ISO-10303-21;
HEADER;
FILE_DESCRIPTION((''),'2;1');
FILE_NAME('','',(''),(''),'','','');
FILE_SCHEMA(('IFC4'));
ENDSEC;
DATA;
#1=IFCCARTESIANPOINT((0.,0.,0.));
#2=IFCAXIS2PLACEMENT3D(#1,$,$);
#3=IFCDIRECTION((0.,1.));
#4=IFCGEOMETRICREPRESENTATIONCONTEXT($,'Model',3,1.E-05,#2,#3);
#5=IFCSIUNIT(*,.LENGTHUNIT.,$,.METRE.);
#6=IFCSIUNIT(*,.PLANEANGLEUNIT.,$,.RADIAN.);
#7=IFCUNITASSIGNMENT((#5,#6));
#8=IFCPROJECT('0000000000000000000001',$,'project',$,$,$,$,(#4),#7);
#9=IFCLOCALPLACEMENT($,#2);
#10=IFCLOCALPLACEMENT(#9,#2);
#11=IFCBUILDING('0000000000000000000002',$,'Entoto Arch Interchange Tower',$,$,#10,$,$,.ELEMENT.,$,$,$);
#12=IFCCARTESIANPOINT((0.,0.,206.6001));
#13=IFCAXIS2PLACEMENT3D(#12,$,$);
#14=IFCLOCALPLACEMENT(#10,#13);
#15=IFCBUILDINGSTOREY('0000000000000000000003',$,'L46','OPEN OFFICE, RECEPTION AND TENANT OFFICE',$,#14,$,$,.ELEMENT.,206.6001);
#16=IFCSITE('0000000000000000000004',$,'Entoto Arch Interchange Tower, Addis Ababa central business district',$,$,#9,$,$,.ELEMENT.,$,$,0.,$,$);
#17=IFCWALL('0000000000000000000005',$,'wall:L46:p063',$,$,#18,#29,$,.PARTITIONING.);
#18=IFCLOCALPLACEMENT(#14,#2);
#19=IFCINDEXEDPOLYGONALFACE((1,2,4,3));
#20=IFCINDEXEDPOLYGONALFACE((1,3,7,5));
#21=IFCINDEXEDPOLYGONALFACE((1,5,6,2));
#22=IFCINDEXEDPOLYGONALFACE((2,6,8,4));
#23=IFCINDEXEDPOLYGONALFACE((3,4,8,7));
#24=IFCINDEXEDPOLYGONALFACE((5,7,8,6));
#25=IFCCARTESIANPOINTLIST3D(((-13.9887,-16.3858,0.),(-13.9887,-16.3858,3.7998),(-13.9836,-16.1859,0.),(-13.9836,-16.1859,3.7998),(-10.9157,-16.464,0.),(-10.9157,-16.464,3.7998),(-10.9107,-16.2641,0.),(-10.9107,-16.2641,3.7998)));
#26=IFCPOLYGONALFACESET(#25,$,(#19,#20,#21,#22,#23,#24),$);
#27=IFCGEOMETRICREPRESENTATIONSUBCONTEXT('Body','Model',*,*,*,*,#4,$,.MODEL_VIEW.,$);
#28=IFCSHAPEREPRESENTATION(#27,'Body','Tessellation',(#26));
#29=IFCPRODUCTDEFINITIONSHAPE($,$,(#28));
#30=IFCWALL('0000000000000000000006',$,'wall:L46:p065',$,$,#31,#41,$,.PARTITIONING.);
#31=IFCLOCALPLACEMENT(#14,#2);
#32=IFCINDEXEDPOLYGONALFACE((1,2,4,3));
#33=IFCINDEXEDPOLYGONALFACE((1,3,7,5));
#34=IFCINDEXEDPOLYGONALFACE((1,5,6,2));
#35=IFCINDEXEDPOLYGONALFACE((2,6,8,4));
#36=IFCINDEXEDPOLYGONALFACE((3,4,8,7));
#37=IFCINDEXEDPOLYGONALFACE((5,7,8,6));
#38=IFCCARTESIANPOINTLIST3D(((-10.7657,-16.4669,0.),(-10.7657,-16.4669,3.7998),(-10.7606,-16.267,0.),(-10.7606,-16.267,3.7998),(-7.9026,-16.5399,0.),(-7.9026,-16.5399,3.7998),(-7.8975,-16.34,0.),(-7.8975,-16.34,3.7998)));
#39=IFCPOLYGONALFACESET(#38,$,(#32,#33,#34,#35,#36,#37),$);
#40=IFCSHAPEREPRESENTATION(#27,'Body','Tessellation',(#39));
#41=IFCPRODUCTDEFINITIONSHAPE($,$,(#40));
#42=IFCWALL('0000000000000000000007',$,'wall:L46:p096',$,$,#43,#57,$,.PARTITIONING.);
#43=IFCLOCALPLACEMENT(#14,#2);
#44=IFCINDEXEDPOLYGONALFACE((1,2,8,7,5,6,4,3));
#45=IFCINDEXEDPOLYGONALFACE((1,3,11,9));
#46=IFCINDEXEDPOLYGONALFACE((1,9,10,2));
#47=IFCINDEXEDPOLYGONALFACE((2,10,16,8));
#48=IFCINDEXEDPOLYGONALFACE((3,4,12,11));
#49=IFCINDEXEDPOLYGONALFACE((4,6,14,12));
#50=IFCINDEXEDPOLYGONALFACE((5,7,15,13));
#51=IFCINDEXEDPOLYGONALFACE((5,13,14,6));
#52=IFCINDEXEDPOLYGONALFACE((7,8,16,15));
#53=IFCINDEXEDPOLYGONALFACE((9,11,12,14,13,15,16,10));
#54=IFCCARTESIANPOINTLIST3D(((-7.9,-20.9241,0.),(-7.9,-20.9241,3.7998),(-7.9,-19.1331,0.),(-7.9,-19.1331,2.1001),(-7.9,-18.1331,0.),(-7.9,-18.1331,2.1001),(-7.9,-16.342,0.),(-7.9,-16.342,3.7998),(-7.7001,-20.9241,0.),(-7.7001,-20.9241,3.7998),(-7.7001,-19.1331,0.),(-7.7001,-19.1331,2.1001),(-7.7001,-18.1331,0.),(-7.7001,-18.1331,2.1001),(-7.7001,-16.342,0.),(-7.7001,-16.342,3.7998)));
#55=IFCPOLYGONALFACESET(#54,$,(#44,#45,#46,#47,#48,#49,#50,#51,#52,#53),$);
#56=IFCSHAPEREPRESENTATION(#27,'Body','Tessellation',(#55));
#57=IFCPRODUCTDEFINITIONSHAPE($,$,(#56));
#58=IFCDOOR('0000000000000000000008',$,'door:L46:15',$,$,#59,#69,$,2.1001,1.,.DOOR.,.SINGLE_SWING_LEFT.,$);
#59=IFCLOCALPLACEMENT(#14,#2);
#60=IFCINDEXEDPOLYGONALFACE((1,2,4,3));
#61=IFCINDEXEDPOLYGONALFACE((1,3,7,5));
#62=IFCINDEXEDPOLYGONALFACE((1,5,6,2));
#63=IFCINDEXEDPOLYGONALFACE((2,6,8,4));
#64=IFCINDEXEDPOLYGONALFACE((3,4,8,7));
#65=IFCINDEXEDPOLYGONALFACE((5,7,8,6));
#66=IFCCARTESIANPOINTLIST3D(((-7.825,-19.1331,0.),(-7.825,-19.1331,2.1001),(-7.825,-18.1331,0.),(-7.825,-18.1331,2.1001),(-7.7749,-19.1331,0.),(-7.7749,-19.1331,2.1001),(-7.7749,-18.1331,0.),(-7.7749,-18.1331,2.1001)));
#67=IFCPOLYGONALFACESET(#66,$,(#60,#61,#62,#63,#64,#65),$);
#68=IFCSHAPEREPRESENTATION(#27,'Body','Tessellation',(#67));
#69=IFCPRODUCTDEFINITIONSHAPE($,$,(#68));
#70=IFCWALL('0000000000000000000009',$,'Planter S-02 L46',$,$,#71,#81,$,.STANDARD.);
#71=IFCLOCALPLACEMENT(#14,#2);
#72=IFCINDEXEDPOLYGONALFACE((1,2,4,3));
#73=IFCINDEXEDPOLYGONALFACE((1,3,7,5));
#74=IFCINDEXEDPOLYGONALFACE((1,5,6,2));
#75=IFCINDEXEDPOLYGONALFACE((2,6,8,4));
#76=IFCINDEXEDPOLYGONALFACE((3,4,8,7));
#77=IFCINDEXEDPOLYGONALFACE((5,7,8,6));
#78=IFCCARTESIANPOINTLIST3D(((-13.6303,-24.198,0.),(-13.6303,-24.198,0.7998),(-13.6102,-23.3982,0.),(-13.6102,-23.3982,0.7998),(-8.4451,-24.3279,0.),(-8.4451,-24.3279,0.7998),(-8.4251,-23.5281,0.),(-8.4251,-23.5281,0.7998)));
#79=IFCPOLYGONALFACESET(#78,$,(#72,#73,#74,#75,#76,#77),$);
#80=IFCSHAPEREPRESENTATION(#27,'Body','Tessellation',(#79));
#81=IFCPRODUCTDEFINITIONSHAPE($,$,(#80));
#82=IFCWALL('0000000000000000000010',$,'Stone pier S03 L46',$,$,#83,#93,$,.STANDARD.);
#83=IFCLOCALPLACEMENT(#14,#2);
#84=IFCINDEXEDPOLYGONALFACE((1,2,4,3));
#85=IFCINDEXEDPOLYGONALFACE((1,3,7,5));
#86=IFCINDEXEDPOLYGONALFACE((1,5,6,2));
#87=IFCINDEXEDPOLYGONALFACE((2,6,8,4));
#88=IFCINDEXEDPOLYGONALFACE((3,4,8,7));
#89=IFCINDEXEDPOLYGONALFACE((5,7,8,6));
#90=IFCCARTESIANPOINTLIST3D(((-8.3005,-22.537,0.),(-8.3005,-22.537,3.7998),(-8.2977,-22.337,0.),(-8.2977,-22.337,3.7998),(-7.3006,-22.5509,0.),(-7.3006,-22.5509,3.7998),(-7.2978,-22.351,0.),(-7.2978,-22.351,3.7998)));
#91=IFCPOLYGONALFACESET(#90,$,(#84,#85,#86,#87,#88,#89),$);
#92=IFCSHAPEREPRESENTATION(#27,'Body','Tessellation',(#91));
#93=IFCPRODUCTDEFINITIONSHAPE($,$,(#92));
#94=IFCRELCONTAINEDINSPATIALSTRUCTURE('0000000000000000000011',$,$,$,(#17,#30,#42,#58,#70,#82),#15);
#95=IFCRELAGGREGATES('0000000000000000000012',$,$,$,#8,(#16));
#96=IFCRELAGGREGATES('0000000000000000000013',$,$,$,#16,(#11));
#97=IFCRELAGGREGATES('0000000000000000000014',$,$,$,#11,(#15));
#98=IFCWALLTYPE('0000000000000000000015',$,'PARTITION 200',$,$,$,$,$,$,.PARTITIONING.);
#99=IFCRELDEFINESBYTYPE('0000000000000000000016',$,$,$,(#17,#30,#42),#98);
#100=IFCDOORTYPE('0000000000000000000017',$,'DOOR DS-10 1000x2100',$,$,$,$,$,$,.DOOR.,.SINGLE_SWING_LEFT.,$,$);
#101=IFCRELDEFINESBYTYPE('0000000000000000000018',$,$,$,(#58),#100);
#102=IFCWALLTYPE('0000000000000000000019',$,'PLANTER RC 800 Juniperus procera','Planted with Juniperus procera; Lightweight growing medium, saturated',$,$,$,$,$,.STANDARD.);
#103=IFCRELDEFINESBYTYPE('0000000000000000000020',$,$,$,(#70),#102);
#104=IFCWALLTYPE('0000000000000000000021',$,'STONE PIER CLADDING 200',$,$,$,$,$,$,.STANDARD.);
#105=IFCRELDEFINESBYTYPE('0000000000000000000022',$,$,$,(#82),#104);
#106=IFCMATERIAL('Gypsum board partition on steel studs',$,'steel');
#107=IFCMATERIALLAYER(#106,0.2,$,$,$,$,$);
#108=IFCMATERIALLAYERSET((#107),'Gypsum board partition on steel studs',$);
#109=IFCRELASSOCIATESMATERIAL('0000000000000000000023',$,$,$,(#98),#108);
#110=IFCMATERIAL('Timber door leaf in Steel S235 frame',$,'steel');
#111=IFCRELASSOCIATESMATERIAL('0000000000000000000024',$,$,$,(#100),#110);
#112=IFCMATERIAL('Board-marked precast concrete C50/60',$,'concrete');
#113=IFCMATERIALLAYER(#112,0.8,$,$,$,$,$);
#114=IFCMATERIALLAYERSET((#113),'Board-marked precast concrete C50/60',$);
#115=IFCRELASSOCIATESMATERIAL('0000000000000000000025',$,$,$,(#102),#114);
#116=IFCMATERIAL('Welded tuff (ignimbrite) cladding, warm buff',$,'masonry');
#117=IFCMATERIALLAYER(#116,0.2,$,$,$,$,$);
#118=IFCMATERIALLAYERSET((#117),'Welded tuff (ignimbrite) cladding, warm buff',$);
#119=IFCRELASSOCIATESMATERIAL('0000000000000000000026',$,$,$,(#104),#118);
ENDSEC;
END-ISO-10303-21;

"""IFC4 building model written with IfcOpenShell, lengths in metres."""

from ifc_helpers import new_model, si_unit, direction, frame, frame_2d, origin, place, context, subcontext, project, spatial, rectangle, extrude, material, layer, layer_set, type_object, element, fill, save


model = new_model("IFC4")

# Units and contexts
model_context = context("Model", 3, precision=1e-05, world=origin(), true_north=direction((0.0, 1.0)))
body_context = subcontext(model_context, "Body", "Model", "MODEL_VIEW")
ifc_project = project(units=[si_unit("LENGTHUNIT", "METRE"), si_unit("PLANEANGLEUNIT", "RADIAN")], contexts=[model_context])

# Site, building, storey
site_placement = place(None, origin())
site = spatial("IfcSite", under=ifc_project, at=site_placement, Name="Entoto Arch Interchange Tower, Addis Ababa central business district", CompositionType="ELEMENT", RefElevation=0.0)
building_placement = place(site_placement, origin())
building = spatial("IfcBuilding", under=site, at=building_placement, Name="Entoto Arch Interchange Tower", CompositionType="ELEMENT")
storey_placement = place(building_placement, frame((0.0, 0.0, 206.6001)))
storey = spatial("IfcBuildingStorey", under=building, at=storey_placement, Name="L46", Description="OPEN OFFICE, RECEPTION AND TENANT OFFICE", CompositionType="ELEMENT", Elevation=206.6001)

# Walls
ifc_material_1 = material(Name="Gypsum board partition on steel studs", Category="steel")
ifc_layer_1 = layer(ifc_material_1, 0.2)
ifc_layer_set_1 = layer_set([ifc_layer_1], Name="Gypsum board partition on steel studs")
wall_type_1 = type_object("IfcWallType", Name="PARTITION 200", PredefinedType="PARTITIONING", material=ifc_layer_set_1)
wall_1_placement = place(storey_placement, frame((-10.9131, -16.364, 0.0), z_axis=(0.0, 0.0, 1.0), x_axis=(-0.999677, 0.025415, 0.0)))
element("IfcWall", 1, at=wall_1_placement, inside=storey, type_object=wall_type_1, Name="wall:L46:p063", PredefinedType="PARTITIONING", context=body_context, shape_type="SweptSolid", body=[
    extrude(rectangle(XDim=3.074, YDim=0.2, at=frame_2d((1.5371, 0.0))), origin(), (0.0, 0.0, 1.0), 3.7998),
])
wall_2_placement = place(storey_placement, frame((-7.8999, -16.4399, 0.0), z_axis=(0.0, 0.0, 1.0), x_axis=(-0.999675, 0.025488, 0.0)))
element("IfcWall", 2, at=wall_2_placement, inside=storey, type_object=wall_type_1, Name="wall:L46:p065", PredefinedType="PARTITIONING", context=body_context, shape_type="SweptSolid", body=[
    extrude(rectangle(XDim=2.864, YDim=0.2, at=frame_2d((1.4321, 0.0))), origin(), (0.0, 0.0, 1.0), 3.7998),
])

# Wall, opening, door
wall_3_placement = place(storey_placement, frame((-7.8, -20.9241, 0.0), z_axis=(0.0, 0.0, 1.0), x_axis=(0.0, 1.0, 0.0)))
wall_3 = element("IfcWall", 3, at=wall_3_placement, inside=storey, type_object=wall_type_1, Name="wall:L46:p096", PredefinedType="PARTITIONING", context=body_context, shape_type="SweptSolid", body=[
    extrude(rectangle(XDim=4.582, YDim=0.2, at=frame_2d((2.291, 0.0))), origin(), (0.0, 0.0, 1.0), 3.7998),
])
opening_1_placement = place(wall_3_placement, frame((1.791, 0.0, 0.0)))
opening_1 = element("IfcOpeningElement", 4, at=opening_1_placement, cuts=wall_3, PredefinedType="OPENING", context=body_context, shape_type="SweptSolid", body=[
    extrude(rectangle(XDim=1.0, YDim=2.1001, at=frame_2d((0.5, 1.05))), frame((0.0, 0.1099, 0.0), z_axis=(0.0, -1.0, 0.0), x_axis=(1.0, 0.0, 0.0)), (0.0, 0.0, 1.0), 0.22),
])
ifc_material_2 = material(Name="Timber door leaf in Steel S235 frame", Category="steel")
door_type_1 = type_object("IfcDoorType", Name="DOOR DS-10 1000x2100", OperationType="SINGLE_SWING_LEFT", PredefinedType="DOOR", material=ifc_material_2)
door_1_placement = place(opening_1_placement, origin())
door_1 = element("IfcDoor", 5, at=door_1_placement, inside=storey, type_object=door_type_1, Name="door:L46:15", OperationType="SINGLE_SWING_LEFT", OverallHeight=2.1001, OverallWidth=1.0, PredefinedType="DOOR", context=body_context, shape_type="SweptSolid", body=[
    extrude(rectangle(XDim=1.0, YDim=2.1001, at=frame_2d((0.5, 1.05))), frame((0.0, 0.0249, 0.0), z_axis=(0.0, -1.0, 0.0), x_axis=(1.0, 0.0, 0.0)), (0.0, 0.0, 1.0), 0.05),
])
fill(opening_1, door_1)

# Wall
ifc_material_3 = material(Name="Board-marked precast concrete C50/60", Category="concrete")
ifc_layer_2 = layer(ifc_material_3, 0.8)
ifc_layer_set_2 = layer_set([ifc_layer_2], Name="Board-marked precast concrete C50/60")
wall_type_2 = type_object("IfcWallType", Name="PLANTER RC 800 Juniperus procera", Description="Planted with Juniperus procera; Lightweight growing medium, saturated", PredefinedType="STANDARD", material=ifc_layer_set_2)
wall_4_placement = place(storey_placement, frame((-13.6201, -23.7981, 0.0), z_axis=(0.0, 0.0, 1.0), x_axis=(0.999686, -0.025042, 0.0)))
element("IfcWall", 6, at=wall_4_placement, inside=storey, type_object=wall_type_2, Name="Planter S-02 L46", PredefinedType="STANDARD", context=body_context, shape_type="SweptSolid", body=[
    extrude(rectangle(XDim=5.1868, YDim=0.8, at=frame_2d((2.5933, 0.0))), origin(), (0.0, 0.0, 1.0), 0.7998),
])

# Shared definitions
ifc_material_4 = material(Name="Welded tuff (ignimbrite) cladding, warm buff", Category="masonry")

# Wall
ifc_layer_3 = layer(ifc_material_4, 0.2)
ifc_layer_set_3 = layer_set([ifc_layer_3], Name="Welded tuff (ignimbrite) cladding, warm buff")
wall_type_3 = type_object("IfcWallType", Name="STONE PIER CLADDING 200", PredefinedType="STANDARD", material=ifc_layer_set_3)
wall_5_placement = place(storey_placement, frame((-8.2991, -22.437, 0.0), z_axis=(0.0, 0.0, 1.0), x_axis=(0.999903, -0.013915, 0.0)))
element("IfcWall", 7, at=wall_5_placement, inside=storey, type_object=wall_type_3, Name="Stone pier S03 L46", PredefinedType="STANDARD", context=body_context, shape_type="SweptSolid", body=[
    extrude(rectangle(XDim=1.0, YDim=0.2, at=frame_2d((0.5, 0.0))), origin(), (0.0, 0.0, 1.0), 3.7998),
])

save(model, "model.ifc")
